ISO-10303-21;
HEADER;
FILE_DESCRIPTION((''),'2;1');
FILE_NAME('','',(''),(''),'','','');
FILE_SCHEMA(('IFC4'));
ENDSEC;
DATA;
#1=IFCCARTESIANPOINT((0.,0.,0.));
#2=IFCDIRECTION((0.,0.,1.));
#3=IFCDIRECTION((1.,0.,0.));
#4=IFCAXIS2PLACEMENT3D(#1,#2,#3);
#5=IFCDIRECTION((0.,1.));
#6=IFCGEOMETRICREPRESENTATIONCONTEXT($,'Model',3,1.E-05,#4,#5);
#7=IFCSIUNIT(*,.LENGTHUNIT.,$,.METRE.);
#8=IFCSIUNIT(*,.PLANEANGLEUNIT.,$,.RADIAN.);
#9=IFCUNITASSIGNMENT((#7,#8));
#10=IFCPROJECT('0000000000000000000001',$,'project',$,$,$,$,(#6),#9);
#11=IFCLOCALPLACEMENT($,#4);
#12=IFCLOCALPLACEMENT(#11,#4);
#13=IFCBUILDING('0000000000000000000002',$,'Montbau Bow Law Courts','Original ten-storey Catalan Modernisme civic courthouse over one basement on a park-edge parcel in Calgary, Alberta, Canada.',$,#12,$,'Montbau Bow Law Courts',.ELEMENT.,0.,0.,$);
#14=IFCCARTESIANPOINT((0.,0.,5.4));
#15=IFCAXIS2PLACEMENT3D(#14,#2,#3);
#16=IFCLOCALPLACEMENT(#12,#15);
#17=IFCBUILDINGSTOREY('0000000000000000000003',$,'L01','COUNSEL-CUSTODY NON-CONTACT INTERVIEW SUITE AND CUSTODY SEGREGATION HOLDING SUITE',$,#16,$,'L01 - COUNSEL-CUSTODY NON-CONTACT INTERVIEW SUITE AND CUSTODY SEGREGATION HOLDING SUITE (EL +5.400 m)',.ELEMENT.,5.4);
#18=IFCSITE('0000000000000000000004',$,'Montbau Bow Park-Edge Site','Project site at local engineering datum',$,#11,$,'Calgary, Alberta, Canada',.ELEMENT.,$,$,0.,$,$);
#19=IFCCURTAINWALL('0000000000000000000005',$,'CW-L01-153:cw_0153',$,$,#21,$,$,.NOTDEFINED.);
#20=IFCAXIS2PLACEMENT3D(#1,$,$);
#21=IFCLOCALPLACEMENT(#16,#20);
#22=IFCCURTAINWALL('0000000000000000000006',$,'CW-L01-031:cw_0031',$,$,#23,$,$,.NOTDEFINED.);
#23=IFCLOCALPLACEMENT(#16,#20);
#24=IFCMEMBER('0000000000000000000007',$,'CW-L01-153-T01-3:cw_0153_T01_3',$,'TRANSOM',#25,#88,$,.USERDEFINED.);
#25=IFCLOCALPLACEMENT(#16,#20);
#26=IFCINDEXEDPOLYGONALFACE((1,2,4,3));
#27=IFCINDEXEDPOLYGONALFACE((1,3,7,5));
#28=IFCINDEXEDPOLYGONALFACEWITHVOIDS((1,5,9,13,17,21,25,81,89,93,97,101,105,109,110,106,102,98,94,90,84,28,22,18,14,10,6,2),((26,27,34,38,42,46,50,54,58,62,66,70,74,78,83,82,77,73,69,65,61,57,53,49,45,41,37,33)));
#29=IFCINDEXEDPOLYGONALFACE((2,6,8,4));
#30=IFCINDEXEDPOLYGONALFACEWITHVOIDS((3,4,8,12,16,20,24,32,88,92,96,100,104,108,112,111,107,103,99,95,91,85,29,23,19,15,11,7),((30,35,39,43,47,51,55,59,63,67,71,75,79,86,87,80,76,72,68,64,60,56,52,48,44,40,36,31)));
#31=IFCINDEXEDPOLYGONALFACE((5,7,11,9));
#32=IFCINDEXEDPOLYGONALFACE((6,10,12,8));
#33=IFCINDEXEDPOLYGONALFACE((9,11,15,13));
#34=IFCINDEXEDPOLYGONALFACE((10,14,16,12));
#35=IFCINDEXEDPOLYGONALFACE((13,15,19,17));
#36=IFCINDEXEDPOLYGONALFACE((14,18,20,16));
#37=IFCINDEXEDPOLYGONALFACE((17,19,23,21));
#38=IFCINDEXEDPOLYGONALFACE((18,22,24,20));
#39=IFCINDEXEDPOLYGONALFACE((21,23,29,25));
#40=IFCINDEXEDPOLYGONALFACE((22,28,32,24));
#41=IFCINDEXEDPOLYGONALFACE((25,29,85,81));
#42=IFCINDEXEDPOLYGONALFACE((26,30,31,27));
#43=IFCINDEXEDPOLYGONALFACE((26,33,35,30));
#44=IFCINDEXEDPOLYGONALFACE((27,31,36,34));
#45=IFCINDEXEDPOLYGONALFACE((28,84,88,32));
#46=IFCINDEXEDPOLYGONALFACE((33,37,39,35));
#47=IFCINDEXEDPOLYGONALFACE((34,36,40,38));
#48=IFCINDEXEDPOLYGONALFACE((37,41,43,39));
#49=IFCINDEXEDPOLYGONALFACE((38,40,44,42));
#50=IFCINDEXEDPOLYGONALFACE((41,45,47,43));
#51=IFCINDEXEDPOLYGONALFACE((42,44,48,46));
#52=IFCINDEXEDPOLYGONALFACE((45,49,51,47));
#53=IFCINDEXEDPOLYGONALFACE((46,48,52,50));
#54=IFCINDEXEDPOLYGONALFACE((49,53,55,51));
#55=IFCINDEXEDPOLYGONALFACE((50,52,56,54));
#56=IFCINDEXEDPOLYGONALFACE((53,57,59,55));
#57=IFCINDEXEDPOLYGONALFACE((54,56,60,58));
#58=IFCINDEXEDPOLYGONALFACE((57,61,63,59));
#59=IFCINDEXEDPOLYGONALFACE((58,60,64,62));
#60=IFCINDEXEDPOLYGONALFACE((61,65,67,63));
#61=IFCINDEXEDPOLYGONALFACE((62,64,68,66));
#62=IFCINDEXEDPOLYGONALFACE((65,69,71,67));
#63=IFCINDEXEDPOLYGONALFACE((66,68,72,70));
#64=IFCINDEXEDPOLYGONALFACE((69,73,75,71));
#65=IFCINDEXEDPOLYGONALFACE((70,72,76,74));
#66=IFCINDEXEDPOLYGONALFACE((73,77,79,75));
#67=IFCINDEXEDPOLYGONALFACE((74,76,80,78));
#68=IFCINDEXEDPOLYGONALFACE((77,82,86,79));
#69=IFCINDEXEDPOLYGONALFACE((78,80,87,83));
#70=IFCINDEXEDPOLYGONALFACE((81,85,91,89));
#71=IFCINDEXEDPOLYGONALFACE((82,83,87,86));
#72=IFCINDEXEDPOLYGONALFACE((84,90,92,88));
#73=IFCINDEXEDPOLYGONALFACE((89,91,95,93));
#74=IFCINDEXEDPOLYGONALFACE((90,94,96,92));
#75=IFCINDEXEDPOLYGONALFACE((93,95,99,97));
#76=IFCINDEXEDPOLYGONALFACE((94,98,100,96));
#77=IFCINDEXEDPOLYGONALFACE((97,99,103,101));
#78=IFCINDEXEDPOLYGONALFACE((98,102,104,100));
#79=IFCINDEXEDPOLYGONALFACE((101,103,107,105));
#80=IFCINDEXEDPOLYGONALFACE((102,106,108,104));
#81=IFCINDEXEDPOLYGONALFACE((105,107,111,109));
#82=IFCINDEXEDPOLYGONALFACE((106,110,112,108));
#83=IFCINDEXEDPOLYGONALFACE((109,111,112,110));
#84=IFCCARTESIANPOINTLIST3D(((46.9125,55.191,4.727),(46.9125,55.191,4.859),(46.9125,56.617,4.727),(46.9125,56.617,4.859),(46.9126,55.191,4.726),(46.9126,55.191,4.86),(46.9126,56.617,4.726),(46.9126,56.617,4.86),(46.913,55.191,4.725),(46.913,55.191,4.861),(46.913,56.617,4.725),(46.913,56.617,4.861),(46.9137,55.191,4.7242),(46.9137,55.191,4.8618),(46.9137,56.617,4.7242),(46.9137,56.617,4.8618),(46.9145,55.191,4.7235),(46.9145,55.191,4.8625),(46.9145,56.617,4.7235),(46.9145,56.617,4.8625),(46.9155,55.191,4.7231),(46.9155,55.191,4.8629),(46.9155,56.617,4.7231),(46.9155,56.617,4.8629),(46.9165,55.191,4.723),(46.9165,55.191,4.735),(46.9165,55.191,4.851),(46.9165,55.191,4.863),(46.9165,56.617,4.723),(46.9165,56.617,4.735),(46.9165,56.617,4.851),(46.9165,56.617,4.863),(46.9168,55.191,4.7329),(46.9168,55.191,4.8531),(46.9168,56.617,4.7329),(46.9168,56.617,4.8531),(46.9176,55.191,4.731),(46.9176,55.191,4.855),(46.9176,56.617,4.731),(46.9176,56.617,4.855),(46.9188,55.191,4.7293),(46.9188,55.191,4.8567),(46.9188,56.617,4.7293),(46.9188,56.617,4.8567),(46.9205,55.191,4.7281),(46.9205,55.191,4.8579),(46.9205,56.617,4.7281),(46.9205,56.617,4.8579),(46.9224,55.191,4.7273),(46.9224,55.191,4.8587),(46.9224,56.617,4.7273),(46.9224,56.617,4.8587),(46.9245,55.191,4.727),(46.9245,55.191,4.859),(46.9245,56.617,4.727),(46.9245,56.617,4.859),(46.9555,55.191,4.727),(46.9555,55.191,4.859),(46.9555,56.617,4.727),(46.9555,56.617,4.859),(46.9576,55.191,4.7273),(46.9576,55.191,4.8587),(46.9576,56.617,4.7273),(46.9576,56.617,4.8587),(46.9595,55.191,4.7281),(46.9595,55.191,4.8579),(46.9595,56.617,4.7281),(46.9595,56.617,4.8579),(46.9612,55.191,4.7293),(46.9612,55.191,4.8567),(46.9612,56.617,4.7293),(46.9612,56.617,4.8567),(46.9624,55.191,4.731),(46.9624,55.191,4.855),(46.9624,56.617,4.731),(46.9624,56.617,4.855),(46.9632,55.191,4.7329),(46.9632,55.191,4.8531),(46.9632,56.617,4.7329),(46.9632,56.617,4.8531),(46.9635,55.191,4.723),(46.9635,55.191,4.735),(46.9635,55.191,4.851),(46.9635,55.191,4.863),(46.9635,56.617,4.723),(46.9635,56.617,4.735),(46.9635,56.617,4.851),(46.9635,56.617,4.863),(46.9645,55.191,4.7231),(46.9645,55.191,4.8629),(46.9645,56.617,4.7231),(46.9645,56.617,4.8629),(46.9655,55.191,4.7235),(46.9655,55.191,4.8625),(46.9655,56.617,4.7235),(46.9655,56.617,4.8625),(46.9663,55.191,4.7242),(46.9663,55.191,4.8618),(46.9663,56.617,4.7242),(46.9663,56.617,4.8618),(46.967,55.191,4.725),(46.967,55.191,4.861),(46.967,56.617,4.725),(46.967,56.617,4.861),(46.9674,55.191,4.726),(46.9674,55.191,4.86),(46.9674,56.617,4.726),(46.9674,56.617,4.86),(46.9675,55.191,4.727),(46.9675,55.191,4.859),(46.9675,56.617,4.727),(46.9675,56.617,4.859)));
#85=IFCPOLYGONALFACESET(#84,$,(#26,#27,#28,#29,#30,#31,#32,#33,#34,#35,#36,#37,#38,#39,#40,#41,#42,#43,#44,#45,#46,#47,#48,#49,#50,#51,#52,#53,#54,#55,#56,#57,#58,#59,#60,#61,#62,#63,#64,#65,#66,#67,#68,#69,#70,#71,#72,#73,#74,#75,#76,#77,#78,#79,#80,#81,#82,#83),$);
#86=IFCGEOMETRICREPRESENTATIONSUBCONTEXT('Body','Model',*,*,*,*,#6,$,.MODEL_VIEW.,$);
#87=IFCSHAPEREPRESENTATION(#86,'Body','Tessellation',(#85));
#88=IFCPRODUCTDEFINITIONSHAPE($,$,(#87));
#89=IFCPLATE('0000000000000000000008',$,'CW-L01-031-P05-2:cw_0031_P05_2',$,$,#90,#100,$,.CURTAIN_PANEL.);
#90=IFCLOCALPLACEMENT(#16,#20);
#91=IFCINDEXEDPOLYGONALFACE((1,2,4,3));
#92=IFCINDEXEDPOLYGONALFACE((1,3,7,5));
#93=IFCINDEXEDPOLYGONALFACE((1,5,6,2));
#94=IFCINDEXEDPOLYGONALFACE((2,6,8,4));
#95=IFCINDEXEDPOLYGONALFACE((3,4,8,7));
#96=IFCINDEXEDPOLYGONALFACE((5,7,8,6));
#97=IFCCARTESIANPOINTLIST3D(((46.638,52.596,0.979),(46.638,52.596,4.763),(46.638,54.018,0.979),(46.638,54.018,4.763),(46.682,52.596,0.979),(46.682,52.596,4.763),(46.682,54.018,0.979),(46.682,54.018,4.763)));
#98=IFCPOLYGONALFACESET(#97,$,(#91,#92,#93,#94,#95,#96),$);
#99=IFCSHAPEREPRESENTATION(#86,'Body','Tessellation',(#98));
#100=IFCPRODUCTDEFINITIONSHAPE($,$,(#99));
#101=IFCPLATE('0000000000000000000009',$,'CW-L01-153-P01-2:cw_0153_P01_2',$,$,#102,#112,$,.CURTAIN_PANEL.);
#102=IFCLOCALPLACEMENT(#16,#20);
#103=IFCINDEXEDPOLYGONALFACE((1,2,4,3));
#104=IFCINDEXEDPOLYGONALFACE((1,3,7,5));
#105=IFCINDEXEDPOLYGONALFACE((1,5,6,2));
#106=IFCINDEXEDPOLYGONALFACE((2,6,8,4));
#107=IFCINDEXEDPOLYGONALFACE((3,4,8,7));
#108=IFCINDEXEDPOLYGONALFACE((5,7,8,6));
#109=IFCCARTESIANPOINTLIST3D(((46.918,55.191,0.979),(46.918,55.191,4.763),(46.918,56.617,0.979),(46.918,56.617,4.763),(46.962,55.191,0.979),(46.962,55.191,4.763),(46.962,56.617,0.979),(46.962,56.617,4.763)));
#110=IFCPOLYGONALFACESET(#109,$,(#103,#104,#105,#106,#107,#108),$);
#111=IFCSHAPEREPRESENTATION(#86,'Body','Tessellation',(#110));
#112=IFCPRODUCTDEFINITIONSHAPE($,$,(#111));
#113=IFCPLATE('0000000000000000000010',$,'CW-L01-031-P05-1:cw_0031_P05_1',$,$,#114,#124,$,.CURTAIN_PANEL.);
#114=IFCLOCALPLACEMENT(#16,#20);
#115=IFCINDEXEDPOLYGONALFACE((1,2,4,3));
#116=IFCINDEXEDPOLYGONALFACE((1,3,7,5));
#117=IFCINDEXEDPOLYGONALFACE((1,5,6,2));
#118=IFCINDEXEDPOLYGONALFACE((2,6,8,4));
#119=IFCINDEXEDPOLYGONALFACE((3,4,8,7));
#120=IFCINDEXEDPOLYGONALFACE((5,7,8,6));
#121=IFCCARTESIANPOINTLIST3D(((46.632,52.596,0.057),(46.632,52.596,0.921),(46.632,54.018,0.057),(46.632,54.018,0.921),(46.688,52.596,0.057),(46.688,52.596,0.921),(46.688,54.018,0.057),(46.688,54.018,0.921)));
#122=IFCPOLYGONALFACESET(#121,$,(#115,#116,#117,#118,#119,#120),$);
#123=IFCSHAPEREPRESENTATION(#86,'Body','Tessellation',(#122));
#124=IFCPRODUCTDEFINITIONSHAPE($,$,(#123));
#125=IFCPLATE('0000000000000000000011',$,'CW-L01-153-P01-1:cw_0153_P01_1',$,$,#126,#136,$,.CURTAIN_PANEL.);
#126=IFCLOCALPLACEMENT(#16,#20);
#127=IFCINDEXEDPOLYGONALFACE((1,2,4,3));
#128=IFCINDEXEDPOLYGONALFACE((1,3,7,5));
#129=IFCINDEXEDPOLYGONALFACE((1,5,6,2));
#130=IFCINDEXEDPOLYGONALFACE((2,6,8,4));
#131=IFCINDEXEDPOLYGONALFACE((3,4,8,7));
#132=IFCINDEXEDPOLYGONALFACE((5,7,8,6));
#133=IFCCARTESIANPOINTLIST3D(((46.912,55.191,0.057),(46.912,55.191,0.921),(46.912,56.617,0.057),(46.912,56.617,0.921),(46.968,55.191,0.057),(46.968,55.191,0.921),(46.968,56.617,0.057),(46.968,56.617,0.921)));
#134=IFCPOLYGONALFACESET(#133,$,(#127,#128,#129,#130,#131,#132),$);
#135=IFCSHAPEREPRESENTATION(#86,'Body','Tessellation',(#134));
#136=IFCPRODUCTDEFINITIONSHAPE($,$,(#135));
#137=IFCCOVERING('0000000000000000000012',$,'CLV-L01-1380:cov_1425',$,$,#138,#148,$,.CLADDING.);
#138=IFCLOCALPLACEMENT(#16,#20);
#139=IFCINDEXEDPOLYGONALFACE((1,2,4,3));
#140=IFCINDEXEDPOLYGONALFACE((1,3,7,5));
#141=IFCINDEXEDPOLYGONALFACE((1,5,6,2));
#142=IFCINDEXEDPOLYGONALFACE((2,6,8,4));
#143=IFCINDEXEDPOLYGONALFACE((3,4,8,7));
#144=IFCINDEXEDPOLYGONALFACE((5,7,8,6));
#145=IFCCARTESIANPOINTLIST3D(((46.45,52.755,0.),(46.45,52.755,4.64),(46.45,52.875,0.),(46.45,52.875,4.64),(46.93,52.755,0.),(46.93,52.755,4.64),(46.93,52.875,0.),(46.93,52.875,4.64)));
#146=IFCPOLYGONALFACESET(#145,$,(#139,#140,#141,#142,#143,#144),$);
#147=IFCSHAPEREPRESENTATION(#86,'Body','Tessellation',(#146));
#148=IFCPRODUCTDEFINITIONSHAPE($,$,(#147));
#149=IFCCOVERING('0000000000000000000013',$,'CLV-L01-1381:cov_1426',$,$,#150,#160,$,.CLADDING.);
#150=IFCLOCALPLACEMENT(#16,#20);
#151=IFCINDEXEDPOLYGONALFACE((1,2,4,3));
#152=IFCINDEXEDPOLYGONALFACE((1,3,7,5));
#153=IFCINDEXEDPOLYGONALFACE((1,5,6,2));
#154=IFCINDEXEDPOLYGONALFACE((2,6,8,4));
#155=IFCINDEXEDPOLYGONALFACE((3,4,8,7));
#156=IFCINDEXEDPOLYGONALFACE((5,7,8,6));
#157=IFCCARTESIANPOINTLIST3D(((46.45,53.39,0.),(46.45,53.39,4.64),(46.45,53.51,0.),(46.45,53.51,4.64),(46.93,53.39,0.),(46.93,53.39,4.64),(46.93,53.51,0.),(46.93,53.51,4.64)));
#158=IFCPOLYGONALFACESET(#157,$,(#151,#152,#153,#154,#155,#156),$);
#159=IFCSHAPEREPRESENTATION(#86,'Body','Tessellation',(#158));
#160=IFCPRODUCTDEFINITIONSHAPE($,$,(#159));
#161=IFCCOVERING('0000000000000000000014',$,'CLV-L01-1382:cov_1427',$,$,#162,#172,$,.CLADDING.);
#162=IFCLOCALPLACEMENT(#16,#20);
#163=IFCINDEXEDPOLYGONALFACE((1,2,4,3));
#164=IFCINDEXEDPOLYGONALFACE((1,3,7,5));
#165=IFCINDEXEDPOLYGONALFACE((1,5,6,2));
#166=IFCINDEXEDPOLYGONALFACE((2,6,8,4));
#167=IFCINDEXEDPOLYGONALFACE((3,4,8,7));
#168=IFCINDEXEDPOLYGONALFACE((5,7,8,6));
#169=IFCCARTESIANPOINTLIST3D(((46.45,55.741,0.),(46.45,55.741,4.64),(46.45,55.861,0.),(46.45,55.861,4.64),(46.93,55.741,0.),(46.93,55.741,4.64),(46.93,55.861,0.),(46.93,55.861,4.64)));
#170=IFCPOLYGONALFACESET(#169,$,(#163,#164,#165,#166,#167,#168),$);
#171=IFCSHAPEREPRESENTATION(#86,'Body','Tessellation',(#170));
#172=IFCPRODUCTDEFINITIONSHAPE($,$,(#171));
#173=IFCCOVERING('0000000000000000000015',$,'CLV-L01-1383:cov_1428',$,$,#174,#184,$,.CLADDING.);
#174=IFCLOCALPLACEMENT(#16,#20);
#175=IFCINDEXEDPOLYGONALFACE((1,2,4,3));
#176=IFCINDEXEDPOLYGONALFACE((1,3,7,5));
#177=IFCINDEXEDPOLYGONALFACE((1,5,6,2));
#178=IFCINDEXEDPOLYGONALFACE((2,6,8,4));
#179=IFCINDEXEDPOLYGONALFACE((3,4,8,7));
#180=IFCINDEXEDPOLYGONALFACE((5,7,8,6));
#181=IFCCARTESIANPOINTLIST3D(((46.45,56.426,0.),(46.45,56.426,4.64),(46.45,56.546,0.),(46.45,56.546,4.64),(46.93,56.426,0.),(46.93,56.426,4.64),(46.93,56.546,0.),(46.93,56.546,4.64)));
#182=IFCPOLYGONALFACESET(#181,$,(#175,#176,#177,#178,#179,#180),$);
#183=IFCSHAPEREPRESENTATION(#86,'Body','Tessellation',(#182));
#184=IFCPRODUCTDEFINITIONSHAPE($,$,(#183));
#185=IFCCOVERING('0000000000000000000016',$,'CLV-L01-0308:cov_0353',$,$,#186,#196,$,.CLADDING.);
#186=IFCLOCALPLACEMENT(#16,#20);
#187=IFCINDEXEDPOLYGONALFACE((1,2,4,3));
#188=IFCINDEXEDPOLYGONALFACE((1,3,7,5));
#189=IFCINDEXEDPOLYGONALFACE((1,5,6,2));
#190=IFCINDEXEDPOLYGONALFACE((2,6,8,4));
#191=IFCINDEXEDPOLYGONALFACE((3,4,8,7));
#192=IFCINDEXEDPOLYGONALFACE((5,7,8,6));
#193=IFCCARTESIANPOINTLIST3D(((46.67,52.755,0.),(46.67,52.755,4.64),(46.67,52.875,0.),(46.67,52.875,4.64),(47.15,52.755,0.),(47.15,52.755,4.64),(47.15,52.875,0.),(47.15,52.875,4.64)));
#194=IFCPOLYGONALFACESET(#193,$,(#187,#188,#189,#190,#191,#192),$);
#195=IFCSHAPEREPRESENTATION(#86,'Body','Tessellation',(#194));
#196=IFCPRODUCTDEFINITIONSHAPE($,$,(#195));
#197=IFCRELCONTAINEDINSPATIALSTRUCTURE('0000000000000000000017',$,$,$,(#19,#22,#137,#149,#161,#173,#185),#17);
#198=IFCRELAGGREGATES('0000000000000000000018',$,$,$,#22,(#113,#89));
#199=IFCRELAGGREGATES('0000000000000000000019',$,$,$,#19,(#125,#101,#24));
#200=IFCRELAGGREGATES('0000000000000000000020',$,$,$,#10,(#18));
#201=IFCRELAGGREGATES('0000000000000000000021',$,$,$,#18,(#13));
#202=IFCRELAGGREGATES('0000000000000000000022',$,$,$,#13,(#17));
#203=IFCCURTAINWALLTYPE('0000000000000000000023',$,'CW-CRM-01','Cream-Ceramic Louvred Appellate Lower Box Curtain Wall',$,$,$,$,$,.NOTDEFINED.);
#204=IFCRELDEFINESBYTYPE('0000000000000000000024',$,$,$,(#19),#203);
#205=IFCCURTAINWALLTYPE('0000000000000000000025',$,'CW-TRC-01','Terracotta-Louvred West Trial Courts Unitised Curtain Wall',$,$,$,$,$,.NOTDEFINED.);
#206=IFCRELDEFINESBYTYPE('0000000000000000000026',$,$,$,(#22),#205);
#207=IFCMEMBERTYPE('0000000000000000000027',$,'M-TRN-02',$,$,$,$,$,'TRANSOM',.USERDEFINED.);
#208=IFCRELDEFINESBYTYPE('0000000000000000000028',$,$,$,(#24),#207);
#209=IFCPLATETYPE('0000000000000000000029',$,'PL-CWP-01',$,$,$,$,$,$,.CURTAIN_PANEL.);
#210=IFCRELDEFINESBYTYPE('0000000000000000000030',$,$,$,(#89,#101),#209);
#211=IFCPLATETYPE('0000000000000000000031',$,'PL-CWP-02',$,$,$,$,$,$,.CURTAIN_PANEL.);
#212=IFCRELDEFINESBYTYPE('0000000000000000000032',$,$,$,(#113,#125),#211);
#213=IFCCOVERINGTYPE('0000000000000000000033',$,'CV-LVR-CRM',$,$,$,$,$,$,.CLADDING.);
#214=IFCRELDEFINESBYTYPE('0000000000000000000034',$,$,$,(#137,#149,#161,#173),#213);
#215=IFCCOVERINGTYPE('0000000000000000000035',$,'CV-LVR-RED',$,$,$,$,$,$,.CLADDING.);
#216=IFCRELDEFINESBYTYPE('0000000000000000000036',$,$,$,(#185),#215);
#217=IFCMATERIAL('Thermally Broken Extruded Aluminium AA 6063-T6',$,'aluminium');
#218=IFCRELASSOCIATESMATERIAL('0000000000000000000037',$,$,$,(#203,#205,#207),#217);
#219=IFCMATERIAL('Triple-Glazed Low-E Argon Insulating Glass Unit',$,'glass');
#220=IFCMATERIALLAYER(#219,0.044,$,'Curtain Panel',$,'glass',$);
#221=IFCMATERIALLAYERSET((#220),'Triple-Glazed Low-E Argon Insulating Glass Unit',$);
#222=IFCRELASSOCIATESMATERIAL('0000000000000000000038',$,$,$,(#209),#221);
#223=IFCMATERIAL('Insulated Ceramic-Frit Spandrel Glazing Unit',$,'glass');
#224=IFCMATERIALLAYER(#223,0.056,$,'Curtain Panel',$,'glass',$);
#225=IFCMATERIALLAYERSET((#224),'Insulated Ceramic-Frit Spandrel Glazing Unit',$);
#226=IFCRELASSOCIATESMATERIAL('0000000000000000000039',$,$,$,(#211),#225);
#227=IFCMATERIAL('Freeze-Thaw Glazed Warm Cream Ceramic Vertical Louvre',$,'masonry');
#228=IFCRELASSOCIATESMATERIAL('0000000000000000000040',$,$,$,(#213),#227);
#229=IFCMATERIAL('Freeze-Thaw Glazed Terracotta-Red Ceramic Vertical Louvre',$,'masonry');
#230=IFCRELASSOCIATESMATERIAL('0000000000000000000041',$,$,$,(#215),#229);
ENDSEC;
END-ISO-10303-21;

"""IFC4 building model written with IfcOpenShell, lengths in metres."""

from ifc_helpers import new_model, si_unit, direction, frame, frame_2d, origin_with_axes, origin_2d_with_axis, place, context, subcontext, project, spatial, rectangle, hollow_rectangle, extrude, material, layer, layer_set, material_profile, profile_set, type_object, element, aggregate, save


model = new_model("IFC4")

# Units and contexts
model_context = context("Model", 3, precision=1e-05, world=origin_with_axes(), true_north=direction((0.0, 1.0)))
body_context = subcontext(model_context, "Body", "Model", "MODEL_VIEW")
ifc_project = project(units=[si_unit("LENGTHUNIT", "METRE"), si_unit("PLANEANGLEUNIT", "RADIAN")], contexts=[model_context])

# Site, building, storey
site_placement = place(None, origin_with_axes())
site = spatial("IfcSite", under=ifc_project, at=site_placement, Name="Montbau Bow Park-Edge Site", Description="Project site at local engineering datum", LongName="Calgary, Alberta, Canada", CompositionType="ELEMENT", RefElevation=0.0)
building_placement = place(site_placement, origin_with_axes())
building = spatial("IfcBuilding", under=site, at=building_placement, Name="Montbau Bow Law Courts", Description="Original ten-storey Catalan Modernisme civic courthouse over one basement on a park-edge parcel in Calgary, Alberta, Canada.", LongName="Montbau Bow Law Courts", CompositionType="ELEMENT", ElevationOfRefHeight=0.0, ElevationOfTerrain=0.0)
storey_placement = place(building_placement, frame((0.0, 0.0, 5.4), z_axis=(0.0, 0.0, 1.0), x_axis=(1.0, 0.0, 0.0)))
storey = spatial("IfcBuildingStorey", under=building, at=storey_placement, Name="L01", Description="COUNSEL-CUSTODY NON-CONTACT INTERVIEW SUITE AND CUSTODY SEGREGATION HOLDING SUITE", LongName="L01 - COUNSEL-CUSTODY NON-CONTACT INTERVIEW SUITE AND CUSTODY SEGREGATION HOLDING SUITE (EL +5.400 m)", CompositionType="ELEMENT", Elevation=5.4)

# Curtain walls
ifc_material_1 = material(Name="Thermally Broken Extruded Aluminium AA 6063-T6", Category="aluminium")
curtain_wall_type_1 = type_object("IfcCurtainWallType", Name="CW-CRM-01", Description="Cream-Ceramic Louvred Appellate Lower Box Curtain Wall", PredefinedType="NOTDEFINED", material=ifc_material_1)
curtain_wall_1_placement = place(None, frame((46.94, 55.115, 5.4), z_axis=(0.0, 0.0, 1.0), x_axis=(1.0, 0.0, 0.0)))
curtain_wall_1 = element("IfcCurtainWall", 1, at=curtain_wall_1_placement, inside=storey, type_object=curtain_wall_type_1, Name="CW-L01-153:cw_0153", PredefinedType="NOTDEFINED")
curtain_wall_type_2 = type_object("IfcCurtainWallType", Name="CW-TRC-01", Description="Terracotta-Louvred West Trial Courts Unitised Curtain Wall", PredefinedType="NOTDEFINED", material=ifc_material_1)
curtain_wall_2_placement = place(None, frame((46.66, 46.468, 5.4), z_axis=(0.0, 0.0, 1.0), x_axis=(1.0, 0.0, 0.0)))
curtain_wall_2 = element("IfcCurtainWall", 2, at=curtain_wall_2_placement, inside=storey, type_object=curtain_wall_type_2, Name="CW-L01-031:cw_0031", PredefinedType="NOTDEFINED")

# Member
ifc_material_profile_1 = material_profile(ifc_material_1, hollow_rectangle(XDim=0.055, YDim=0.14, WallThickness=0.004, InnerFilletRadius=0.008, OuterFilletRadius=0.004, at=origin_2d_with_axis()), Name="CWT-140X55", Category="Main", Priority=0)
ifc_profile_set_1 = profile_set([ifc_material_profile_1], Name="Thermally Broken Extruded Aluminium AA 6063-T6")
member_type_1 = type_object("IfcMemberType", Name="M-TRN-02", ElementType="TRANSOM", PredefinedType="USERDEFINED", material=ifc_profile_set_1)
member_1_placement = place(None, frame((46.94, 55.191, 10.193), z_axis=(0.0, 1.0, 0.0), x_axis=(-1.0, 0.0, 0.0)))
member_1 = element("IfcMember", 3, at=member_1_placement, type_object=member_type_1, Name="CW-L01-153-T01-3:cw_0153_T01_3", ObjectType="TRANSOM", PredefinedType="USERDEFINED", context=body_context, shape_type="SweptSolid", body=[
    extrude(hollow_rectangle(XDim=0.055, YDim=0.14, WallThickness=0.004, InnerFilletRadius=0.008, OuterFilletRadius=0.004, at=origin_2d_with_axis()), origin_with_axes(), (0.0, 0.0, 1.0), 1.426),
])

# Plates
ifc_material_2 = material(Name="Triple-Glazed Low-E Argon Insulating Glass Unit", Category="glass")
ifc_layer_1 = layer(ifc_material_2, 0.044, Name="Curtain Panel", Category="glass")
ifc_layer_set_1 = layer_set([ifc_layer_1], Name="Triple-Glazed Low-E Argon Insulating Glass Unit")
plate_type_1 = type_object("IfcPlateType", Name="PL-CWP-01", PredefinedType="CURTAIN_PANEL", material=ifc_layer_set_1)
plate_1_placement = place(None, frame((46.66, 52.596, 6.379), z_axis=(1.0, 0.0, 0.0), x_axis=(0.0, 1.0, 0.0)))
plate_1 = element("IfcPlate", 4, at=plate_1_placement, type_object=plate_type_1, Name="CW-L01-031-P05-2:cw_0031_P05_2", PredefinedType="CURTAIN_PANEL", context=body_context, shape_type="SweptSolid", body=[
    extrude(rectangle(XDim=1.422, YDim=3.784, at=frame_2d((0.711, 1.892), x_axis=(1.0, 0.0))), frame((0.0, 0.0, -0.022), z_axis=(0.0, 0.0, 1.0), x_axis=(1.0, 0.0, 0.0)), (0.0, 0.0, 1.0), 0.044),
])
plate_2_placement = place(None, frame((46.94, 55.191, 6.379), z_axis=(1.0, 0.0, 0.0), x_axis=(0.0, 1.0, 0.0)))
plate_2 = element("IfcPlate", 5, at=plate_2_placement, type_object=plate_type_1, Name="CW-L01-153-P01-2:cw_0153_P01_2", PredefinedType="CURTAIN_PANEL", context=body_context, shape_type="SweptSolid", body=[
    extrude(rectangle(XDim=1.426, YDim=3.784, at=frame_2d((0.713, 1.892), x_axis=(1.0, 0.0))), frame((0.0, 0.0, -0.022), z_axis=(0.0, 0.0, 1.0), x_axis=(1.0, 0.0, 0.0)), (0.0, 0.0, 1.0), 0.044),
])
ifc_material_3 = material(Name="Insulated Ceramic-Frit Spandrel Glazing Unit", Category="glass")
ifc_layer_2 = layer(ifc_material_3, 0.056, Name="Curtain Panel", Category="glass")
ifc_layer_set_2 = layer_set([ifc_layer_2], Name="Insulated Ceramic-Frit Spandrel Glazing Unit")
plate_type_2 = type_object("IfcPlateType", Name="PL-CWP-02", PredefinedType="CURTAIN_PANEL", material=ifc_layer_set_2)
plate_3_placement = place(None, frame((46.66, 52.596, 5.457), z_axis=(1.0, 0.0, 0.0), x_axis=(0.0, 1.0, 0.0)))
plate_3 = element("IfcPlate", 6, at=plate_3_placement, type_object=plate_type_2, Name="CW-L01-031-P05-1:cw_0031_P05_1", PredefinedType="CURTAIN_PANEL", context=body_context, shape_type="SweptSolid", body=[
    extrude(rectangle(XDim=1.422, YDim=0.864, at=frame_2d((0.711, 0.432), x_axis=(1.0, 0.0))), frame((0.0, 0.0, -0.028), z_axis=(0.0, 0.0, 1.0), x_axis=(1.0, 0.0, 0.0)), (0.0, 0.0, 1.0), 0.056),
])
aggregate(curtain_wall_2, [plate_3, plate_1])
plate_4_placement = place(None, frame((46.94, 55.191, 5.457), z_axis=(1.0, 0.0, 0.0), x_axis=(0.0, 1.0, 0.0)))
plate_4 = element("IfcPlate", 7, at=plate_4_placement, type_object=plate_type_2, Name="CW-L01-153-P01-1:cw_0153_P01_1", PredefinedType="CURTAIN_PANEL", context=body_context, shape_type="SweptSolid", body=[
    extrude(rectangle(XDim=1.426, YDim=0.864, at=frame_2d((0.713, 0.432), x_axis=(1.0, 0.0))), frame((0.0, 0.0, -0.028), z_axis=(0.0, 0.0, 1.0), x_axis=(1.0, 0.0, 0.0)), (0.0, 0.0, 1.0), 0.056),
])
aggregate(curtain_wall_1, [plate_4, plate_2, member_1])

# Coverings
ifc_material_4 = material(Name="Freeze-Thaw Glazed Warm Cream Ceramic Vertical Louvre", Category="masonry")
covering_type_1 = type_object("IfcCoveringType", Name="CV-LVR-CRM", PredefinedType="CLADDING", material=ifc_material_4)
for number, where, z_axis, x_axis, name in (
    (8, (46.93, 52.815, 5.4), (0.0, 1.0, 0.0), (-1.0, 0.0, 0.0), "CLV-L01-1380:cov_1425"),
    (9, (46.93, 53.45, 5.4), (0.0, 1.0, 0.0), (-1.0, 0.0, 0.0), "CLV-L01-1381:cov_1426"),
    (10, (46.93, 55.801, 5.4), (0.0, 1.0, 0.0), (-1.0, 0.0, 0.0), "CLV-L01-1382:cov_1427"),
    (11, (46.93, 56.486, 5.4), (0.0, 1.0, 0.0), (-1.0, 0.0, 0.0), "CLV-L01-1383:cov_1428"),
):
    element("IfcCovering", number, at=place(None, frame(where, z_axis=z_axis, x_axis=x_axis)), inside=storey, type_object=covering_type_1, Name=name, PredefinedType="CLADDING", context=body_context, shape_type="SweptSolid", body=[
        extrude(rectangle(XDim=0.48, YDim=4.64, at=frame_2d((0.24, 2.32), x_axis=(1.0, 0.0))), frame((0.0, 0.0, -0.06), z_axis=(0.0, 0.0, 1.0), x_axis=(1.0, 0.0, 0.0)), (0.0, 0.0, 1.0), 0.12),
    ])
ifc_material_5 = material(Name="Freeze-Thaw Glazed Terracotta-Red Ceramic Vertical Louvre", Category="masonry")
covering_type_2 = type_object("IfcCoveringType", Name="CV-LVR-RED", PredefinedType="CLADDING", material=ifc_material_5)
for number, where, z_axis, x_axis, name in (
    (12, (46.67, 52.815, 5.4), (0.0, -1.0, 0.0), (1.0, 0.0, 0.0), "CLV-L01-0308:cov_0353"),
):
    element("IfcCovering", number, at=place(None, frame(where, z_axis=z_axis, x_axis=x_axis)), inside=storey, type_object=covering_type_2, Name=name, PredefinedType="CLADDING", context=body_context, shape_type="SweptSolid", body=[
        extrude(rectangle(XDim=0.48, YDim=4.64, at=frame_2d((0.24, 2.32), x_axis=(1.0, 0.0))), frame((0.0, 0.0, -0.06), z_axis=(0.0, 0.0, 1.0), x_axis=(1.0, 0.0, 0.0)), (0.0, 0.0, 1.0), 0.12),
    ])

save(model, "model.ifc")
